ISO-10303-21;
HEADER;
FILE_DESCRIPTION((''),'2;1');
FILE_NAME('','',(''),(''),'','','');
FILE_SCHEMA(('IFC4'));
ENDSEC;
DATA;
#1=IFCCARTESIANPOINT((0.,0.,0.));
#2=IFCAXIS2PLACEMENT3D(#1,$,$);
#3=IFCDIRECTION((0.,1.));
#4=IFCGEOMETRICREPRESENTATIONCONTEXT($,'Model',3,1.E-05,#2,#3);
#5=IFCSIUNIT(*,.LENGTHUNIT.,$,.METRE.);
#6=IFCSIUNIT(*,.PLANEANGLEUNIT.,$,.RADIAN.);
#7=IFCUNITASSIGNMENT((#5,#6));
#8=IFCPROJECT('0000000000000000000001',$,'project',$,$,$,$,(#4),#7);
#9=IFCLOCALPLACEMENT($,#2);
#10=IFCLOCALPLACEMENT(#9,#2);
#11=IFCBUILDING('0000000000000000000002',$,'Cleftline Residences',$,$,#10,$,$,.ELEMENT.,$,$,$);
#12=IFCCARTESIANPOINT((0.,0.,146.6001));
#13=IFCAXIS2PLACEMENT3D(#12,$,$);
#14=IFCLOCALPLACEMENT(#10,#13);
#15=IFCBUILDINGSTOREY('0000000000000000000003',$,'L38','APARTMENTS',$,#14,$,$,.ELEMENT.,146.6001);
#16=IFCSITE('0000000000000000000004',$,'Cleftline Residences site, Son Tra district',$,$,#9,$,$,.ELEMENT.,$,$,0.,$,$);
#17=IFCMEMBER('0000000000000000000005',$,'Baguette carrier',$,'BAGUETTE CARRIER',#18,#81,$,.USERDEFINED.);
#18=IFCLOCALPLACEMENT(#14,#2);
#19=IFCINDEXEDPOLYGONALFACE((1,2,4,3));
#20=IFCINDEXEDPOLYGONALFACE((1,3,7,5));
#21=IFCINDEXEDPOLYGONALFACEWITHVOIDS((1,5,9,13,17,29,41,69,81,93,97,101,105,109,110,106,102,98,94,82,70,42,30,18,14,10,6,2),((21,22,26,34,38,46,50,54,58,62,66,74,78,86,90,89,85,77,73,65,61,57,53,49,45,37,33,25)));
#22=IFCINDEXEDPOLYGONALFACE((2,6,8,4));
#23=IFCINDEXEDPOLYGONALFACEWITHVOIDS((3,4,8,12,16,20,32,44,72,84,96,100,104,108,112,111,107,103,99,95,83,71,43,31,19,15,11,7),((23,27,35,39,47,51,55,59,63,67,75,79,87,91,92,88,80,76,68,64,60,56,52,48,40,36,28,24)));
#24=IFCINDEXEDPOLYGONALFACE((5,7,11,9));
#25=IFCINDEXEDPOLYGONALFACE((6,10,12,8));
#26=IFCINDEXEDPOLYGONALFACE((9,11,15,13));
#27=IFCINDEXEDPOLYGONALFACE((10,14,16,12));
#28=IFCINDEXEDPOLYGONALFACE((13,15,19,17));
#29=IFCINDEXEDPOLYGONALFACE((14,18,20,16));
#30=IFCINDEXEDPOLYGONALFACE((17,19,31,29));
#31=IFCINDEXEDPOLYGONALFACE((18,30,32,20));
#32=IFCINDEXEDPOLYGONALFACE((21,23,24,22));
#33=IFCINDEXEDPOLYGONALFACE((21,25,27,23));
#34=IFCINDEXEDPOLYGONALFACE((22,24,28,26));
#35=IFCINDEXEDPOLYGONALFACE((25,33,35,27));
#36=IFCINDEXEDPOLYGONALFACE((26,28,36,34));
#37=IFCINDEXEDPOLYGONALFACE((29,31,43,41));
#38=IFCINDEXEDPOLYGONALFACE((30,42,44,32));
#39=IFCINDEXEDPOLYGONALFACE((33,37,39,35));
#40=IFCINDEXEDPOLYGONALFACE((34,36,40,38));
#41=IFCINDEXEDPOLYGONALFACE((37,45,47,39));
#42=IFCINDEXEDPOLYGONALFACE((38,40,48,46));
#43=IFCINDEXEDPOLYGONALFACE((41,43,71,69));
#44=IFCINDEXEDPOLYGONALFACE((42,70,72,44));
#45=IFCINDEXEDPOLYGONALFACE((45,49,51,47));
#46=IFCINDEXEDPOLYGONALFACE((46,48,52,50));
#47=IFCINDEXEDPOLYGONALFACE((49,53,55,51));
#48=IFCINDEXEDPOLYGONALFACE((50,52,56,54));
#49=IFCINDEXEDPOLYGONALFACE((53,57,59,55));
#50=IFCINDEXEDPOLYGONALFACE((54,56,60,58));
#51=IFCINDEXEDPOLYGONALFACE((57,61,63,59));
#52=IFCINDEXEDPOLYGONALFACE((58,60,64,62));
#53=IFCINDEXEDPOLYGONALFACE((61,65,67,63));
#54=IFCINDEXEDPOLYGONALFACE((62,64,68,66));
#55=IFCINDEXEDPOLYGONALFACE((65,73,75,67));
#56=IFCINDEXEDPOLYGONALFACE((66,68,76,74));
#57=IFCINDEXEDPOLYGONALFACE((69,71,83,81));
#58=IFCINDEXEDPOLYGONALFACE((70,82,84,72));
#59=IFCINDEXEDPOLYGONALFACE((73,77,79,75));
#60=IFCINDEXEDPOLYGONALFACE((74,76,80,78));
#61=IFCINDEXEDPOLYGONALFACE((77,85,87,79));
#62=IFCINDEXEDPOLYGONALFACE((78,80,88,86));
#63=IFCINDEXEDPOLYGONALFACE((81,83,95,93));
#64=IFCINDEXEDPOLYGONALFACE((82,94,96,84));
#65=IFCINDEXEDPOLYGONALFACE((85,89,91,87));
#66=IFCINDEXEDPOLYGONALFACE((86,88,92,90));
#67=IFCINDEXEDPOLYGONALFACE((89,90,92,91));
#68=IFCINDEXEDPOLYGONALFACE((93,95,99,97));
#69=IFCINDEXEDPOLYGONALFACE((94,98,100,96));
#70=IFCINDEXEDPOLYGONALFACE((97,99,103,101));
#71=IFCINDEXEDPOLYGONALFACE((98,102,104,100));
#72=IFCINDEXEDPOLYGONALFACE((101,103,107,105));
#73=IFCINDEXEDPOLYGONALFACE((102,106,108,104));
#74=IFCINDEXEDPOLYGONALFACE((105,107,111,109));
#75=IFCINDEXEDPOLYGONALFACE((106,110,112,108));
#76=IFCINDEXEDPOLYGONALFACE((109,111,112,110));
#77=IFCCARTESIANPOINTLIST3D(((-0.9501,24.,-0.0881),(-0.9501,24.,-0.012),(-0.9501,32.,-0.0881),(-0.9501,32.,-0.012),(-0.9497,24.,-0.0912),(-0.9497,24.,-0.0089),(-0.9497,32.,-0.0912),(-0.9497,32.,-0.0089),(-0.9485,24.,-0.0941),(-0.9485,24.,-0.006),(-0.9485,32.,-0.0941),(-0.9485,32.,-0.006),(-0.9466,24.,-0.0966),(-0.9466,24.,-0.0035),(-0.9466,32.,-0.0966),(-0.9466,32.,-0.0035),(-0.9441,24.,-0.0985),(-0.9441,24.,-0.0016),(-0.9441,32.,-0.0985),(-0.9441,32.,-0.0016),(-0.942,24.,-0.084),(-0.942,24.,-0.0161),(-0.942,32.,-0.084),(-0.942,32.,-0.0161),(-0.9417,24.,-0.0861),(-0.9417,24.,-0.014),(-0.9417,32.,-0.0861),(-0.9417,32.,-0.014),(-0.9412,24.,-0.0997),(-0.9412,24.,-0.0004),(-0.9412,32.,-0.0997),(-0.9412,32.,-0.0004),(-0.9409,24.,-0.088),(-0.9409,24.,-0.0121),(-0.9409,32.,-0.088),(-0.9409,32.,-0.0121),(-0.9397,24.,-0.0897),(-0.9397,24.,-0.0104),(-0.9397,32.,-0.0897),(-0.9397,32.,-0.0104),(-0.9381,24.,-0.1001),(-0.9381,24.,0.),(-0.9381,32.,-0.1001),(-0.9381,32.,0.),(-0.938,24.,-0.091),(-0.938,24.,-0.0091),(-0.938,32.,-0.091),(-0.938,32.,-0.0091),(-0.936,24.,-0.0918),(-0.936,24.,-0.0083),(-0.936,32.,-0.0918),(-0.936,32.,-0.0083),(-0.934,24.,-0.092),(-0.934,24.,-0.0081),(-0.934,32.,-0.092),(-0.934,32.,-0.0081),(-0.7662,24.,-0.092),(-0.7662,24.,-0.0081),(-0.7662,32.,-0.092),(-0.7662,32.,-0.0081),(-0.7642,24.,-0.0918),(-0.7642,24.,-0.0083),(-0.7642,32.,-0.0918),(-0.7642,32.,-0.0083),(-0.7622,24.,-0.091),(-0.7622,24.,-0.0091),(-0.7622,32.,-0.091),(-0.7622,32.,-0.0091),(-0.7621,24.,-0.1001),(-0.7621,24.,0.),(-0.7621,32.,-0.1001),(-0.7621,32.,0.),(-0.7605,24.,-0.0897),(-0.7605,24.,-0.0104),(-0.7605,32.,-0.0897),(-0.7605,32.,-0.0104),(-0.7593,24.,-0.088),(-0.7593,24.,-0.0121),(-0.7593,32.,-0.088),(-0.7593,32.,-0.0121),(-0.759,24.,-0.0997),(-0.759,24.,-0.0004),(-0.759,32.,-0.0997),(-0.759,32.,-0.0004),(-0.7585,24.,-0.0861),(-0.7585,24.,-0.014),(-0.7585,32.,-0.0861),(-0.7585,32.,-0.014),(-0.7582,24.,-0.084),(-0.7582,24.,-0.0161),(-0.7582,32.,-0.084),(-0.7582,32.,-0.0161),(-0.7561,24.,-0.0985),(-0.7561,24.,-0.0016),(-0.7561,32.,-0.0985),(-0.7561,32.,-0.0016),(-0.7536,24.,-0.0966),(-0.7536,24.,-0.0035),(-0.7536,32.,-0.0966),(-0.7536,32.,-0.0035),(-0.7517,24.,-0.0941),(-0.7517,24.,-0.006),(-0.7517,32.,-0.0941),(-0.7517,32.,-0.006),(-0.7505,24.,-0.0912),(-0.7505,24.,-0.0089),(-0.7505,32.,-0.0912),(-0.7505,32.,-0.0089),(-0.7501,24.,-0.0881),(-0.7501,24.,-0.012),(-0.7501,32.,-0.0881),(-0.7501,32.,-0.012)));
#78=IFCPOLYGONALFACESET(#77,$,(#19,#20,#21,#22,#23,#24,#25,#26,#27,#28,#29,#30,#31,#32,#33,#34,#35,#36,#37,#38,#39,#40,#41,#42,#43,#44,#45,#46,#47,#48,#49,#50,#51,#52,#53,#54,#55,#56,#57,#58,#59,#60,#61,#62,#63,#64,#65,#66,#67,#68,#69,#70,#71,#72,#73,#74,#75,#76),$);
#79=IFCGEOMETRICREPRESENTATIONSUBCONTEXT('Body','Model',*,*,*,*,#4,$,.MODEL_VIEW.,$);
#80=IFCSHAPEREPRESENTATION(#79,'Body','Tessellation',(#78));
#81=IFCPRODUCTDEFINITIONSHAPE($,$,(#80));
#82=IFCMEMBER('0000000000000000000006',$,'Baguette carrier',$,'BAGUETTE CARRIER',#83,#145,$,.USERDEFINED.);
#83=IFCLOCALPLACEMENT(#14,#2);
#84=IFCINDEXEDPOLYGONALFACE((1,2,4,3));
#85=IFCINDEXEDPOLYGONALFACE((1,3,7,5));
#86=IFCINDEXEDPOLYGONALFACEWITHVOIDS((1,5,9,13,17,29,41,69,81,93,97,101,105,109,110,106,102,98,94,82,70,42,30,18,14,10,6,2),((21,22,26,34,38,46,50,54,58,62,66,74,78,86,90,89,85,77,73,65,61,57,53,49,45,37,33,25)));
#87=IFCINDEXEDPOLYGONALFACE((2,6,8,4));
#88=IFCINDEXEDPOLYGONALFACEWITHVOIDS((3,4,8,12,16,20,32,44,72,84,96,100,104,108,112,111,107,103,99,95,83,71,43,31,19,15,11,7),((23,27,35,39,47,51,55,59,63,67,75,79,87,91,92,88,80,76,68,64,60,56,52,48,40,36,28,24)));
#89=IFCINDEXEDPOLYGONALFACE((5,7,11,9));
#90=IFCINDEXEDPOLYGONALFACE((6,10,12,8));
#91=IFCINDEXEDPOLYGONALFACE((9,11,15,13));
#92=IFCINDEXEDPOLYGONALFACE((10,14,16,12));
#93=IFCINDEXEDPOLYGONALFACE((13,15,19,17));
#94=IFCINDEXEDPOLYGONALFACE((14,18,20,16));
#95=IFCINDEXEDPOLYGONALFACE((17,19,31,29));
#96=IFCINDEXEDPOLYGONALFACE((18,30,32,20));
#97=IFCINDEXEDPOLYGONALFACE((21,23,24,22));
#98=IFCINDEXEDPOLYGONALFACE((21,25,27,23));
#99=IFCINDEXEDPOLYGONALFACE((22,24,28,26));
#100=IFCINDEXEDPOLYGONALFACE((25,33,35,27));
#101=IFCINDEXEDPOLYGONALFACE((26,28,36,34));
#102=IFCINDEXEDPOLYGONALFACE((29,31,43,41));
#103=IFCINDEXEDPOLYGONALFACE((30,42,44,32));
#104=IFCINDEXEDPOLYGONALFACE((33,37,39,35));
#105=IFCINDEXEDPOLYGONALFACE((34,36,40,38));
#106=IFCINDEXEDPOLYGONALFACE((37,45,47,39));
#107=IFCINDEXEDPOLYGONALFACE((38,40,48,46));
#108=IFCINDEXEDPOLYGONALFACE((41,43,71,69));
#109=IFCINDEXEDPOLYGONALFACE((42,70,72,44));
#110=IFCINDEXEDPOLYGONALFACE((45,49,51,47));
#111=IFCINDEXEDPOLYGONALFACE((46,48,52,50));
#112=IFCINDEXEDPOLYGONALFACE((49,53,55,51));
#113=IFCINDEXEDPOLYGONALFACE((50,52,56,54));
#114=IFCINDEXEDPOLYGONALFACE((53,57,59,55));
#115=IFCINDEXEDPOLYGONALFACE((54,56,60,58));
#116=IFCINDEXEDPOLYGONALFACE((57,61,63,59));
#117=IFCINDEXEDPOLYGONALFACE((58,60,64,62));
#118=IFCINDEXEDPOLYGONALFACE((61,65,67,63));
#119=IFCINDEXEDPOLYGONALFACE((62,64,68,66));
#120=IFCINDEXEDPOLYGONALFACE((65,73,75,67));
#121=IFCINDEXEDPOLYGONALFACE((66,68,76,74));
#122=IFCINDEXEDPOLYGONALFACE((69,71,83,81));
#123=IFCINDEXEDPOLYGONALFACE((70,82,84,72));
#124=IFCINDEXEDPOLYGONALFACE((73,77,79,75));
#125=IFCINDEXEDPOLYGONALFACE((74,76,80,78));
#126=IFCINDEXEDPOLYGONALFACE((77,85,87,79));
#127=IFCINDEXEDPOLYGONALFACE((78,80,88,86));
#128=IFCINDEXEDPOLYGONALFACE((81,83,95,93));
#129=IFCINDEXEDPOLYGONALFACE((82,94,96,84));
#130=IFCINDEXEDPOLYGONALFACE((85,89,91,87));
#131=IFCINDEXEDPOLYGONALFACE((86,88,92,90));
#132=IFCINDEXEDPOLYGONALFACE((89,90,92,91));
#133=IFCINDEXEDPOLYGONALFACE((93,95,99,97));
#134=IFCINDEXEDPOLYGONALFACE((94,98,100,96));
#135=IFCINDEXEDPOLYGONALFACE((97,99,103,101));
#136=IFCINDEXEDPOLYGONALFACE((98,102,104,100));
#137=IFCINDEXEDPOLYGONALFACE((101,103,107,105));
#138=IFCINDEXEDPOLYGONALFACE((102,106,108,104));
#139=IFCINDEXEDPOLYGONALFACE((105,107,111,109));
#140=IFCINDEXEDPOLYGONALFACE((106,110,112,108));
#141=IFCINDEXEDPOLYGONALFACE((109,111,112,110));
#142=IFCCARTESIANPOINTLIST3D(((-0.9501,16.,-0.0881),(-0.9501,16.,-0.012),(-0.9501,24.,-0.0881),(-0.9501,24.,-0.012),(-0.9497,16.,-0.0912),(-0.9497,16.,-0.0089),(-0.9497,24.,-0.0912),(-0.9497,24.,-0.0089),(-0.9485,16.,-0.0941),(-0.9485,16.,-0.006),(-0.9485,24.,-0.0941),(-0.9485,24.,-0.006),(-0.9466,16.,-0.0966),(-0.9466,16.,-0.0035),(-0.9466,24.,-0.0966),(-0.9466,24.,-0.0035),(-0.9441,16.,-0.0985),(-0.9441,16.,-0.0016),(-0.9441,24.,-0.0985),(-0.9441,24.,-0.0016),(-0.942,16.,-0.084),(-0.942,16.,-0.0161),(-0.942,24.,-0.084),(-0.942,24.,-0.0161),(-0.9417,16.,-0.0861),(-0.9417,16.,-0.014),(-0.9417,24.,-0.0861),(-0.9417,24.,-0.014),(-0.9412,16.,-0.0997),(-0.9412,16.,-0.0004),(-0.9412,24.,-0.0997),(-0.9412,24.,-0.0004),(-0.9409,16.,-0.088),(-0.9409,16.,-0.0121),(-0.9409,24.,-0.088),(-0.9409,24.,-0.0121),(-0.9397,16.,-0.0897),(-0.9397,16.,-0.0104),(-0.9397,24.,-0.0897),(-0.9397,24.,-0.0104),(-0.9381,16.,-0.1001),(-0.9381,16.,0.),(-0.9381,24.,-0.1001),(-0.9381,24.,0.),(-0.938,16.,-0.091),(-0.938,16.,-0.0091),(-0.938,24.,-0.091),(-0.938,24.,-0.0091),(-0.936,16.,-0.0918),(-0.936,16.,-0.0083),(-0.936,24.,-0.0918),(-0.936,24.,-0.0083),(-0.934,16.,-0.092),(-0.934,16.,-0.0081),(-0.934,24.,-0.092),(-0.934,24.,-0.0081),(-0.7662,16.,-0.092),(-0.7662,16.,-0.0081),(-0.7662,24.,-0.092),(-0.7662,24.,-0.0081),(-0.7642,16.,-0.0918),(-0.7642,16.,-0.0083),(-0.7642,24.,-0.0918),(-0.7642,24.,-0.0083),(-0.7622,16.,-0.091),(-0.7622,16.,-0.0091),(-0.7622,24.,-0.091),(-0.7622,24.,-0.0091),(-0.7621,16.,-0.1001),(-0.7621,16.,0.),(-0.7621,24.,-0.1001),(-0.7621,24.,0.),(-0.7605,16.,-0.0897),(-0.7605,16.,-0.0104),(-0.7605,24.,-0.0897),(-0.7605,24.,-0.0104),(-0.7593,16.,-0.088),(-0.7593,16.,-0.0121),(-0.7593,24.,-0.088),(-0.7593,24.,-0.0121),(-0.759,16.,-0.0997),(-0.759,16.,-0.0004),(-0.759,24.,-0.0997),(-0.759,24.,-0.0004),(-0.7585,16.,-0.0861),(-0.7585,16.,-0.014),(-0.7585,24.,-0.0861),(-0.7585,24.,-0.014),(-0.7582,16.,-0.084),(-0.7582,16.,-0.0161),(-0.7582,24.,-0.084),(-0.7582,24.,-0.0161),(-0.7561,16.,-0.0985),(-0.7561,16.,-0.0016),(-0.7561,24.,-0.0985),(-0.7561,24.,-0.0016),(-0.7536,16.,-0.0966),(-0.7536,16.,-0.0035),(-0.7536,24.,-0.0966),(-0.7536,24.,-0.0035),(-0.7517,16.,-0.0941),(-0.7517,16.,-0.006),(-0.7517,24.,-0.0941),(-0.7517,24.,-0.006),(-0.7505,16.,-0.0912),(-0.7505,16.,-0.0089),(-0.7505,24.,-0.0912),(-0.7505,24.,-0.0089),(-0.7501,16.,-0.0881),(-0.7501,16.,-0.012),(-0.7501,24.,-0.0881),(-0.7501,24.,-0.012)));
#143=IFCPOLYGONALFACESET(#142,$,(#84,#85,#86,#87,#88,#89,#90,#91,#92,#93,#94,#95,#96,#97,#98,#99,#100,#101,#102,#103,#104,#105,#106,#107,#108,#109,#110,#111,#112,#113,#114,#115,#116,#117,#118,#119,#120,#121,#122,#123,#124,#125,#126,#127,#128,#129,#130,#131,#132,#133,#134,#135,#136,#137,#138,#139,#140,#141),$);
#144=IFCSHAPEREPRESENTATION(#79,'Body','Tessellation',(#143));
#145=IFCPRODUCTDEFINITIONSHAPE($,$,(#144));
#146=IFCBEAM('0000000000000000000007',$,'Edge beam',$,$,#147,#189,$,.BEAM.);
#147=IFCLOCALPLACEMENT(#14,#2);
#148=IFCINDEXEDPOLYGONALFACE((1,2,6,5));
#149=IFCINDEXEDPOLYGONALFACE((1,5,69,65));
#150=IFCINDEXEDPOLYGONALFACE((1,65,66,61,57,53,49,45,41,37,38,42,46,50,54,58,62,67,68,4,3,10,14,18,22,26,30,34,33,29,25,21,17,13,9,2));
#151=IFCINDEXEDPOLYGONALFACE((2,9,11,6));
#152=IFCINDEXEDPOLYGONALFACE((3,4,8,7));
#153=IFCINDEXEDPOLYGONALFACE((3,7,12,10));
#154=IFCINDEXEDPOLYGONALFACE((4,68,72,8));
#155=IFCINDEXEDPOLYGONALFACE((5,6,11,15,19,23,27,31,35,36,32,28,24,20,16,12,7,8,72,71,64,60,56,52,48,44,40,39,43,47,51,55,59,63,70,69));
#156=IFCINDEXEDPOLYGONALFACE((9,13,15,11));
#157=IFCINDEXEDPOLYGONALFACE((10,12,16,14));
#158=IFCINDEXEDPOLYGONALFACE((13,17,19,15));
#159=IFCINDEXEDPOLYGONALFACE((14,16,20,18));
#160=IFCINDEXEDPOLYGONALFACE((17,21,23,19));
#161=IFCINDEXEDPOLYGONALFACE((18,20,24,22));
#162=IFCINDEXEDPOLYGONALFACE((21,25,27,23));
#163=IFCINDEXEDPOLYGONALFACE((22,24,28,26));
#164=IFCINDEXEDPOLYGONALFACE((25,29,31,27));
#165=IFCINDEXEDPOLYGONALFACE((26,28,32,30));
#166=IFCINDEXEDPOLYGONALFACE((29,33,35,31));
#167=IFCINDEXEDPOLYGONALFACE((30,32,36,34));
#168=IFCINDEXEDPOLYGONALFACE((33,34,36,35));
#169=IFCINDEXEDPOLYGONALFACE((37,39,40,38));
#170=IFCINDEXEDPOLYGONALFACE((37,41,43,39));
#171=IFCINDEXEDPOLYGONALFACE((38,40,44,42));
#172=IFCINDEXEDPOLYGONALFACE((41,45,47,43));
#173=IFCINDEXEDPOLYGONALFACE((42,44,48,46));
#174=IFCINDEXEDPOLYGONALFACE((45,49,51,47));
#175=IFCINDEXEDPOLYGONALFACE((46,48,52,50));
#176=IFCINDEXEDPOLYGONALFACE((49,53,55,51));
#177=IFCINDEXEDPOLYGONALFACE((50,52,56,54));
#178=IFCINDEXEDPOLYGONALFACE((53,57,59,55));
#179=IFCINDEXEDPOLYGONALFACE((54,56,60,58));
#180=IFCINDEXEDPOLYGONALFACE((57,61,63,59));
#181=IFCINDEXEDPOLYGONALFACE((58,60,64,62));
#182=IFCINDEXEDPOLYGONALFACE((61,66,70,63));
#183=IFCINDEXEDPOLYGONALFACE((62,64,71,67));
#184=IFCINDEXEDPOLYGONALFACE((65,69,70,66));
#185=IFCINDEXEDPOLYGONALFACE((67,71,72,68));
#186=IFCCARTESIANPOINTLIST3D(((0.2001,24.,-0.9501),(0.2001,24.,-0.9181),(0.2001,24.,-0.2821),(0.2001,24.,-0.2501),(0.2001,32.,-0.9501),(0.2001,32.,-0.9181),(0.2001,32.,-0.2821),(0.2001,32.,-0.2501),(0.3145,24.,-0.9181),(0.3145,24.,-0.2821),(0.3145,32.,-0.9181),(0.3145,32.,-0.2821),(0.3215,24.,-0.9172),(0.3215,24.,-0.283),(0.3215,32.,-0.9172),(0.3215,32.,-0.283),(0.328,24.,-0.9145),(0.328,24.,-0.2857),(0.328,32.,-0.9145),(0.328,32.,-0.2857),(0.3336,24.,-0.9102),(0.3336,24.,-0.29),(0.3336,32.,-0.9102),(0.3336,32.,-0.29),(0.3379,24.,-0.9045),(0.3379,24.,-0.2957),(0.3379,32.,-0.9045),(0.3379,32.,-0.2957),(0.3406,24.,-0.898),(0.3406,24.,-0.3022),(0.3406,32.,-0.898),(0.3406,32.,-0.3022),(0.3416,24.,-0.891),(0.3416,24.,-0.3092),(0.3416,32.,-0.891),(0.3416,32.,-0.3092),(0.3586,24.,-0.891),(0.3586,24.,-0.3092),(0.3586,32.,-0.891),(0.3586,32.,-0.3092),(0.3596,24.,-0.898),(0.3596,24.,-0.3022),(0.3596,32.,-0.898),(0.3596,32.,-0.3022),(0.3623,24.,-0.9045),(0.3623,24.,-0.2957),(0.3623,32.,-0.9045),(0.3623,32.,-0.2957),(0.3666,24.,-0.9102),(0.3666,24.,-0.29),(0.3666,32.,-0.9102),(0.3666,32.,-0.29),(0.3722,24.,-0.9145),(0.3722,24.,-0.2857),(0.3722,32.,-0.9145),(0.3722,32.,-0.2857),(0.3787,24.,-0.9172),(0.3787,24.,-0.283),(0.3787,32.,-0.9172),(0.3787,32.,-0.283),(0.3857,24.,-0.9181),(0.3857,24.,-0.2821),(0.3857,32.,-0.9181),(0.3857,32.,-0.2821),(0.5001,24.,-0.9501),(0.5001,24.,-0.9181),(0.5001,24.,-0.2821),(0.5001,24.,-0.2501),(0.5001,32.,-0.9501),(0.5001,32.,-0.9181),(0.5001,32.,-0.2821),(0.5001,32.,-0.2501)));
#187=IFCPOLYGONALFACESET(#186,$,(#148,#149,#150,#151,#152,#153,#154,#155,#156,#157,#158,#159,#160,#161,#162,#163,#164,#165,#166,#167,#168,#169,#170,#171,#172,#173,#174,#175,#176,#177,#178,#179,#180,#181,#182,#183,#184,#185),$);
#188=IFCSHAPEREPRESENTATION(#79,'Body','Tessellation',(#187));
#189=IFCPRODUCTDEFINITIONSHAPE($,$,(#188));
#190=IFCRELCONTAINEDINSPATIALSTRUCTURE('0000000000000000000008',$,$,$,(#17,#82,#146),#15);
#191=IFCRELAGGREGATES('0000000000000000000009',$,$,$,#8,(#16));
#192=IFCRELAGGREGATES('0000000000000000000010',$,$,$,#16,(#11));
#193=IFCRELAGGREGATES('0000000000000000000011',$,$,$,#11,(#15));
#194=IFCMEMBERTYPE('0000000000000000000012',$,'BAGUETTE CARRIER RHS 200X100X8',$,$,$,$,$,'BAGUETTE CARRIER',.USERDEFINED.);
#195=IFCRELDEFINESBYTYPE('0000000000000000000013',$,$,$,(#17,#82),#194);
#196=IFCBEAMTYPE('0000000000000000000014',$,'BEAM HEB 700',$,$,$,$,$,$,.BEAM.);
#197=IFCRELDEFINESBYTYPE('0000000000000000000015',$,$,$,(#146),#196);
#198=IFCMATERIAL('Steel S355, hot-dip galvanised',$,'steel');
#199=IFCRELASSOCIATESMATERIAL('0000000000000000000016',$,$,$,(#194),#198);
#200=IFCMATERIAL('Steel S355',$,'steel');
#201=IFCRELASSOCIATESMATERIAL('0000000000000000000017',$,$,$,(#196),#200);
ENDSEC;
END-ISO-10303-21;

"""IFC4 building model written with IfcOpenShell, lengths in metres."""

from ifc_helpers import new_model, si_unit, direction, frame, origin, origin_2d, place, context, subcontext, project, spatial, hollow_rectangle, i_section, extrude, material, material_profile, profile_set, type_object, element, save


model = new_model("IFC4")

# Units and contexts
model_context = context("Model", 3, precision=1e-05, world=origin(), true_north=direction((0.0, 1.0)))
body_context = subcontext(model_context, "Body", "Model", "MODEL_VIEW")
ifc_project = project(units=[si_unit("LENGTHUNIT", "METRE"), si_unit("PLANEANGLEUNIT", "RADIAN")], contexts=[model_context])

# Site, building, storey
site_placement = place(None, origin())
site = spatial("IfcSite", under=ifc_project, at=site_placement, Name="Cleftline Residences site, Son Tra district", CompositionType="ELEMENT", RefElevation=0.0)
building_placement = place(site_placement, origin())
building = spatial("IfcBuilding", under=site, at=building_placement, Name="Cleftline Residences", CompositionType="ELEMENT")
storey_placement = place(building_placement, frame((0.0, 0.0, 146.6001)))
storey = spatial("IfcBuildingStorey", under=building, at=storey_placement, Name="L38", Description="APARTMENTS", CompositionType="ELEMENT", Elevation=146.6001)

# Members
ifc_material_1 = material(Name="Steel S355, hot-dip galvanised", Category="steel")
ifc_material_profile_1 = material_profile(ifc_material_1, hollow_rectangle(XDim=0.1001, YDim=0.2, WallThickness=0.0081, InnerFilletRadius=0.0081, OuterFilletRadius=0.012, at=origin_2d()))
ifc_profile_set_1 = profile_set([ifc_material_profile_1], Name="Steel S355, hot-dip galvanised")
member_type_1 = type_object("IfcMemberType", Name="BAGUETTE CARRIER RHS 200X100X8", ElementType="BAGUETTE CARRIER", PredefinedType="USERDEFINED", material=ifc_profile_set_1)
for number, where, z_axis, x_axis, name in (
    (1, (-0.8501, 32.0, -0.05), (0.0, -1.0, 0.0), (0.0, 0.0, 1.0), "Baguette carrier"),
    (2, (-0.8501, 24.0, -0.05), (0.0, -1.0, 0.0), (0.0, 0.0, 1.0), "Baguette carrier"),
):
    element("IfcMember", number, at=place(storey_placement, frame(where, z_axis=z_axis, x_axis=x_axis)), inside=storey, type_object=member_type_1, Name=name, ObjectType="BAGUETTE CARRIER", PredefinedType="USERDEFINED", context=body_context, shape_type="SweptSolid", body=[
        extrude(hollow_rectangle(XDim=0.1001, YDim=0.2, WallThickness=0.0081, InnerFilletRadius=0.0081, OuterFilletRadius=0.012, at=origin_2d()), origin(), (0.0, 0.0, 1.0), 8.0),
    ])

# Beam
ifc_material_2 = material(Name="Steel S355", Category="steel")
ifc_material_profile_2 = material_profile(ifc_material_2, i_section(OverallWidth=0.3, OverallDepth=0.7, WebThickness=0.0171, FlangeThickness=0.032, FilletRadius=0.0271, at=origin_2d()))
ifc_profile_set_2 = profile_set([ifc_material_profile_2], Name="Steel S355")
beam_type = type_object("IfcBeamType", Name="BEAM HEB 700", PredefinedType="BEAM", material=ifc_profile_set_2)
for number, where, z_axis, x_axis, name in (
    (3, (0.3501, 24.0, -0.6001), (0.0, 1.0, 0.0), (-1.0, 0.0, 0.0), "Edge beam"),
):
    element("IfcBeam", number, at=place(storey_placement, frame(where, z_axis=z_axis, x_axis=x_axis)), inside=storey, type_object=beam_type, Name=name, PredefinedType="BEAM", context=body_context, shape_type="SweptSolid", body=[
        extrude(i_section(OverallWidth=0.3, OverallDepth=0.7, WebThickness=0.0171, FlangeThickness=0.032, FilletRadius=0.0271, at=origin_2d()), origin(), (0.0, 0.0, 1.0), 8.0),
    ])

save(model, "model.ifc")
